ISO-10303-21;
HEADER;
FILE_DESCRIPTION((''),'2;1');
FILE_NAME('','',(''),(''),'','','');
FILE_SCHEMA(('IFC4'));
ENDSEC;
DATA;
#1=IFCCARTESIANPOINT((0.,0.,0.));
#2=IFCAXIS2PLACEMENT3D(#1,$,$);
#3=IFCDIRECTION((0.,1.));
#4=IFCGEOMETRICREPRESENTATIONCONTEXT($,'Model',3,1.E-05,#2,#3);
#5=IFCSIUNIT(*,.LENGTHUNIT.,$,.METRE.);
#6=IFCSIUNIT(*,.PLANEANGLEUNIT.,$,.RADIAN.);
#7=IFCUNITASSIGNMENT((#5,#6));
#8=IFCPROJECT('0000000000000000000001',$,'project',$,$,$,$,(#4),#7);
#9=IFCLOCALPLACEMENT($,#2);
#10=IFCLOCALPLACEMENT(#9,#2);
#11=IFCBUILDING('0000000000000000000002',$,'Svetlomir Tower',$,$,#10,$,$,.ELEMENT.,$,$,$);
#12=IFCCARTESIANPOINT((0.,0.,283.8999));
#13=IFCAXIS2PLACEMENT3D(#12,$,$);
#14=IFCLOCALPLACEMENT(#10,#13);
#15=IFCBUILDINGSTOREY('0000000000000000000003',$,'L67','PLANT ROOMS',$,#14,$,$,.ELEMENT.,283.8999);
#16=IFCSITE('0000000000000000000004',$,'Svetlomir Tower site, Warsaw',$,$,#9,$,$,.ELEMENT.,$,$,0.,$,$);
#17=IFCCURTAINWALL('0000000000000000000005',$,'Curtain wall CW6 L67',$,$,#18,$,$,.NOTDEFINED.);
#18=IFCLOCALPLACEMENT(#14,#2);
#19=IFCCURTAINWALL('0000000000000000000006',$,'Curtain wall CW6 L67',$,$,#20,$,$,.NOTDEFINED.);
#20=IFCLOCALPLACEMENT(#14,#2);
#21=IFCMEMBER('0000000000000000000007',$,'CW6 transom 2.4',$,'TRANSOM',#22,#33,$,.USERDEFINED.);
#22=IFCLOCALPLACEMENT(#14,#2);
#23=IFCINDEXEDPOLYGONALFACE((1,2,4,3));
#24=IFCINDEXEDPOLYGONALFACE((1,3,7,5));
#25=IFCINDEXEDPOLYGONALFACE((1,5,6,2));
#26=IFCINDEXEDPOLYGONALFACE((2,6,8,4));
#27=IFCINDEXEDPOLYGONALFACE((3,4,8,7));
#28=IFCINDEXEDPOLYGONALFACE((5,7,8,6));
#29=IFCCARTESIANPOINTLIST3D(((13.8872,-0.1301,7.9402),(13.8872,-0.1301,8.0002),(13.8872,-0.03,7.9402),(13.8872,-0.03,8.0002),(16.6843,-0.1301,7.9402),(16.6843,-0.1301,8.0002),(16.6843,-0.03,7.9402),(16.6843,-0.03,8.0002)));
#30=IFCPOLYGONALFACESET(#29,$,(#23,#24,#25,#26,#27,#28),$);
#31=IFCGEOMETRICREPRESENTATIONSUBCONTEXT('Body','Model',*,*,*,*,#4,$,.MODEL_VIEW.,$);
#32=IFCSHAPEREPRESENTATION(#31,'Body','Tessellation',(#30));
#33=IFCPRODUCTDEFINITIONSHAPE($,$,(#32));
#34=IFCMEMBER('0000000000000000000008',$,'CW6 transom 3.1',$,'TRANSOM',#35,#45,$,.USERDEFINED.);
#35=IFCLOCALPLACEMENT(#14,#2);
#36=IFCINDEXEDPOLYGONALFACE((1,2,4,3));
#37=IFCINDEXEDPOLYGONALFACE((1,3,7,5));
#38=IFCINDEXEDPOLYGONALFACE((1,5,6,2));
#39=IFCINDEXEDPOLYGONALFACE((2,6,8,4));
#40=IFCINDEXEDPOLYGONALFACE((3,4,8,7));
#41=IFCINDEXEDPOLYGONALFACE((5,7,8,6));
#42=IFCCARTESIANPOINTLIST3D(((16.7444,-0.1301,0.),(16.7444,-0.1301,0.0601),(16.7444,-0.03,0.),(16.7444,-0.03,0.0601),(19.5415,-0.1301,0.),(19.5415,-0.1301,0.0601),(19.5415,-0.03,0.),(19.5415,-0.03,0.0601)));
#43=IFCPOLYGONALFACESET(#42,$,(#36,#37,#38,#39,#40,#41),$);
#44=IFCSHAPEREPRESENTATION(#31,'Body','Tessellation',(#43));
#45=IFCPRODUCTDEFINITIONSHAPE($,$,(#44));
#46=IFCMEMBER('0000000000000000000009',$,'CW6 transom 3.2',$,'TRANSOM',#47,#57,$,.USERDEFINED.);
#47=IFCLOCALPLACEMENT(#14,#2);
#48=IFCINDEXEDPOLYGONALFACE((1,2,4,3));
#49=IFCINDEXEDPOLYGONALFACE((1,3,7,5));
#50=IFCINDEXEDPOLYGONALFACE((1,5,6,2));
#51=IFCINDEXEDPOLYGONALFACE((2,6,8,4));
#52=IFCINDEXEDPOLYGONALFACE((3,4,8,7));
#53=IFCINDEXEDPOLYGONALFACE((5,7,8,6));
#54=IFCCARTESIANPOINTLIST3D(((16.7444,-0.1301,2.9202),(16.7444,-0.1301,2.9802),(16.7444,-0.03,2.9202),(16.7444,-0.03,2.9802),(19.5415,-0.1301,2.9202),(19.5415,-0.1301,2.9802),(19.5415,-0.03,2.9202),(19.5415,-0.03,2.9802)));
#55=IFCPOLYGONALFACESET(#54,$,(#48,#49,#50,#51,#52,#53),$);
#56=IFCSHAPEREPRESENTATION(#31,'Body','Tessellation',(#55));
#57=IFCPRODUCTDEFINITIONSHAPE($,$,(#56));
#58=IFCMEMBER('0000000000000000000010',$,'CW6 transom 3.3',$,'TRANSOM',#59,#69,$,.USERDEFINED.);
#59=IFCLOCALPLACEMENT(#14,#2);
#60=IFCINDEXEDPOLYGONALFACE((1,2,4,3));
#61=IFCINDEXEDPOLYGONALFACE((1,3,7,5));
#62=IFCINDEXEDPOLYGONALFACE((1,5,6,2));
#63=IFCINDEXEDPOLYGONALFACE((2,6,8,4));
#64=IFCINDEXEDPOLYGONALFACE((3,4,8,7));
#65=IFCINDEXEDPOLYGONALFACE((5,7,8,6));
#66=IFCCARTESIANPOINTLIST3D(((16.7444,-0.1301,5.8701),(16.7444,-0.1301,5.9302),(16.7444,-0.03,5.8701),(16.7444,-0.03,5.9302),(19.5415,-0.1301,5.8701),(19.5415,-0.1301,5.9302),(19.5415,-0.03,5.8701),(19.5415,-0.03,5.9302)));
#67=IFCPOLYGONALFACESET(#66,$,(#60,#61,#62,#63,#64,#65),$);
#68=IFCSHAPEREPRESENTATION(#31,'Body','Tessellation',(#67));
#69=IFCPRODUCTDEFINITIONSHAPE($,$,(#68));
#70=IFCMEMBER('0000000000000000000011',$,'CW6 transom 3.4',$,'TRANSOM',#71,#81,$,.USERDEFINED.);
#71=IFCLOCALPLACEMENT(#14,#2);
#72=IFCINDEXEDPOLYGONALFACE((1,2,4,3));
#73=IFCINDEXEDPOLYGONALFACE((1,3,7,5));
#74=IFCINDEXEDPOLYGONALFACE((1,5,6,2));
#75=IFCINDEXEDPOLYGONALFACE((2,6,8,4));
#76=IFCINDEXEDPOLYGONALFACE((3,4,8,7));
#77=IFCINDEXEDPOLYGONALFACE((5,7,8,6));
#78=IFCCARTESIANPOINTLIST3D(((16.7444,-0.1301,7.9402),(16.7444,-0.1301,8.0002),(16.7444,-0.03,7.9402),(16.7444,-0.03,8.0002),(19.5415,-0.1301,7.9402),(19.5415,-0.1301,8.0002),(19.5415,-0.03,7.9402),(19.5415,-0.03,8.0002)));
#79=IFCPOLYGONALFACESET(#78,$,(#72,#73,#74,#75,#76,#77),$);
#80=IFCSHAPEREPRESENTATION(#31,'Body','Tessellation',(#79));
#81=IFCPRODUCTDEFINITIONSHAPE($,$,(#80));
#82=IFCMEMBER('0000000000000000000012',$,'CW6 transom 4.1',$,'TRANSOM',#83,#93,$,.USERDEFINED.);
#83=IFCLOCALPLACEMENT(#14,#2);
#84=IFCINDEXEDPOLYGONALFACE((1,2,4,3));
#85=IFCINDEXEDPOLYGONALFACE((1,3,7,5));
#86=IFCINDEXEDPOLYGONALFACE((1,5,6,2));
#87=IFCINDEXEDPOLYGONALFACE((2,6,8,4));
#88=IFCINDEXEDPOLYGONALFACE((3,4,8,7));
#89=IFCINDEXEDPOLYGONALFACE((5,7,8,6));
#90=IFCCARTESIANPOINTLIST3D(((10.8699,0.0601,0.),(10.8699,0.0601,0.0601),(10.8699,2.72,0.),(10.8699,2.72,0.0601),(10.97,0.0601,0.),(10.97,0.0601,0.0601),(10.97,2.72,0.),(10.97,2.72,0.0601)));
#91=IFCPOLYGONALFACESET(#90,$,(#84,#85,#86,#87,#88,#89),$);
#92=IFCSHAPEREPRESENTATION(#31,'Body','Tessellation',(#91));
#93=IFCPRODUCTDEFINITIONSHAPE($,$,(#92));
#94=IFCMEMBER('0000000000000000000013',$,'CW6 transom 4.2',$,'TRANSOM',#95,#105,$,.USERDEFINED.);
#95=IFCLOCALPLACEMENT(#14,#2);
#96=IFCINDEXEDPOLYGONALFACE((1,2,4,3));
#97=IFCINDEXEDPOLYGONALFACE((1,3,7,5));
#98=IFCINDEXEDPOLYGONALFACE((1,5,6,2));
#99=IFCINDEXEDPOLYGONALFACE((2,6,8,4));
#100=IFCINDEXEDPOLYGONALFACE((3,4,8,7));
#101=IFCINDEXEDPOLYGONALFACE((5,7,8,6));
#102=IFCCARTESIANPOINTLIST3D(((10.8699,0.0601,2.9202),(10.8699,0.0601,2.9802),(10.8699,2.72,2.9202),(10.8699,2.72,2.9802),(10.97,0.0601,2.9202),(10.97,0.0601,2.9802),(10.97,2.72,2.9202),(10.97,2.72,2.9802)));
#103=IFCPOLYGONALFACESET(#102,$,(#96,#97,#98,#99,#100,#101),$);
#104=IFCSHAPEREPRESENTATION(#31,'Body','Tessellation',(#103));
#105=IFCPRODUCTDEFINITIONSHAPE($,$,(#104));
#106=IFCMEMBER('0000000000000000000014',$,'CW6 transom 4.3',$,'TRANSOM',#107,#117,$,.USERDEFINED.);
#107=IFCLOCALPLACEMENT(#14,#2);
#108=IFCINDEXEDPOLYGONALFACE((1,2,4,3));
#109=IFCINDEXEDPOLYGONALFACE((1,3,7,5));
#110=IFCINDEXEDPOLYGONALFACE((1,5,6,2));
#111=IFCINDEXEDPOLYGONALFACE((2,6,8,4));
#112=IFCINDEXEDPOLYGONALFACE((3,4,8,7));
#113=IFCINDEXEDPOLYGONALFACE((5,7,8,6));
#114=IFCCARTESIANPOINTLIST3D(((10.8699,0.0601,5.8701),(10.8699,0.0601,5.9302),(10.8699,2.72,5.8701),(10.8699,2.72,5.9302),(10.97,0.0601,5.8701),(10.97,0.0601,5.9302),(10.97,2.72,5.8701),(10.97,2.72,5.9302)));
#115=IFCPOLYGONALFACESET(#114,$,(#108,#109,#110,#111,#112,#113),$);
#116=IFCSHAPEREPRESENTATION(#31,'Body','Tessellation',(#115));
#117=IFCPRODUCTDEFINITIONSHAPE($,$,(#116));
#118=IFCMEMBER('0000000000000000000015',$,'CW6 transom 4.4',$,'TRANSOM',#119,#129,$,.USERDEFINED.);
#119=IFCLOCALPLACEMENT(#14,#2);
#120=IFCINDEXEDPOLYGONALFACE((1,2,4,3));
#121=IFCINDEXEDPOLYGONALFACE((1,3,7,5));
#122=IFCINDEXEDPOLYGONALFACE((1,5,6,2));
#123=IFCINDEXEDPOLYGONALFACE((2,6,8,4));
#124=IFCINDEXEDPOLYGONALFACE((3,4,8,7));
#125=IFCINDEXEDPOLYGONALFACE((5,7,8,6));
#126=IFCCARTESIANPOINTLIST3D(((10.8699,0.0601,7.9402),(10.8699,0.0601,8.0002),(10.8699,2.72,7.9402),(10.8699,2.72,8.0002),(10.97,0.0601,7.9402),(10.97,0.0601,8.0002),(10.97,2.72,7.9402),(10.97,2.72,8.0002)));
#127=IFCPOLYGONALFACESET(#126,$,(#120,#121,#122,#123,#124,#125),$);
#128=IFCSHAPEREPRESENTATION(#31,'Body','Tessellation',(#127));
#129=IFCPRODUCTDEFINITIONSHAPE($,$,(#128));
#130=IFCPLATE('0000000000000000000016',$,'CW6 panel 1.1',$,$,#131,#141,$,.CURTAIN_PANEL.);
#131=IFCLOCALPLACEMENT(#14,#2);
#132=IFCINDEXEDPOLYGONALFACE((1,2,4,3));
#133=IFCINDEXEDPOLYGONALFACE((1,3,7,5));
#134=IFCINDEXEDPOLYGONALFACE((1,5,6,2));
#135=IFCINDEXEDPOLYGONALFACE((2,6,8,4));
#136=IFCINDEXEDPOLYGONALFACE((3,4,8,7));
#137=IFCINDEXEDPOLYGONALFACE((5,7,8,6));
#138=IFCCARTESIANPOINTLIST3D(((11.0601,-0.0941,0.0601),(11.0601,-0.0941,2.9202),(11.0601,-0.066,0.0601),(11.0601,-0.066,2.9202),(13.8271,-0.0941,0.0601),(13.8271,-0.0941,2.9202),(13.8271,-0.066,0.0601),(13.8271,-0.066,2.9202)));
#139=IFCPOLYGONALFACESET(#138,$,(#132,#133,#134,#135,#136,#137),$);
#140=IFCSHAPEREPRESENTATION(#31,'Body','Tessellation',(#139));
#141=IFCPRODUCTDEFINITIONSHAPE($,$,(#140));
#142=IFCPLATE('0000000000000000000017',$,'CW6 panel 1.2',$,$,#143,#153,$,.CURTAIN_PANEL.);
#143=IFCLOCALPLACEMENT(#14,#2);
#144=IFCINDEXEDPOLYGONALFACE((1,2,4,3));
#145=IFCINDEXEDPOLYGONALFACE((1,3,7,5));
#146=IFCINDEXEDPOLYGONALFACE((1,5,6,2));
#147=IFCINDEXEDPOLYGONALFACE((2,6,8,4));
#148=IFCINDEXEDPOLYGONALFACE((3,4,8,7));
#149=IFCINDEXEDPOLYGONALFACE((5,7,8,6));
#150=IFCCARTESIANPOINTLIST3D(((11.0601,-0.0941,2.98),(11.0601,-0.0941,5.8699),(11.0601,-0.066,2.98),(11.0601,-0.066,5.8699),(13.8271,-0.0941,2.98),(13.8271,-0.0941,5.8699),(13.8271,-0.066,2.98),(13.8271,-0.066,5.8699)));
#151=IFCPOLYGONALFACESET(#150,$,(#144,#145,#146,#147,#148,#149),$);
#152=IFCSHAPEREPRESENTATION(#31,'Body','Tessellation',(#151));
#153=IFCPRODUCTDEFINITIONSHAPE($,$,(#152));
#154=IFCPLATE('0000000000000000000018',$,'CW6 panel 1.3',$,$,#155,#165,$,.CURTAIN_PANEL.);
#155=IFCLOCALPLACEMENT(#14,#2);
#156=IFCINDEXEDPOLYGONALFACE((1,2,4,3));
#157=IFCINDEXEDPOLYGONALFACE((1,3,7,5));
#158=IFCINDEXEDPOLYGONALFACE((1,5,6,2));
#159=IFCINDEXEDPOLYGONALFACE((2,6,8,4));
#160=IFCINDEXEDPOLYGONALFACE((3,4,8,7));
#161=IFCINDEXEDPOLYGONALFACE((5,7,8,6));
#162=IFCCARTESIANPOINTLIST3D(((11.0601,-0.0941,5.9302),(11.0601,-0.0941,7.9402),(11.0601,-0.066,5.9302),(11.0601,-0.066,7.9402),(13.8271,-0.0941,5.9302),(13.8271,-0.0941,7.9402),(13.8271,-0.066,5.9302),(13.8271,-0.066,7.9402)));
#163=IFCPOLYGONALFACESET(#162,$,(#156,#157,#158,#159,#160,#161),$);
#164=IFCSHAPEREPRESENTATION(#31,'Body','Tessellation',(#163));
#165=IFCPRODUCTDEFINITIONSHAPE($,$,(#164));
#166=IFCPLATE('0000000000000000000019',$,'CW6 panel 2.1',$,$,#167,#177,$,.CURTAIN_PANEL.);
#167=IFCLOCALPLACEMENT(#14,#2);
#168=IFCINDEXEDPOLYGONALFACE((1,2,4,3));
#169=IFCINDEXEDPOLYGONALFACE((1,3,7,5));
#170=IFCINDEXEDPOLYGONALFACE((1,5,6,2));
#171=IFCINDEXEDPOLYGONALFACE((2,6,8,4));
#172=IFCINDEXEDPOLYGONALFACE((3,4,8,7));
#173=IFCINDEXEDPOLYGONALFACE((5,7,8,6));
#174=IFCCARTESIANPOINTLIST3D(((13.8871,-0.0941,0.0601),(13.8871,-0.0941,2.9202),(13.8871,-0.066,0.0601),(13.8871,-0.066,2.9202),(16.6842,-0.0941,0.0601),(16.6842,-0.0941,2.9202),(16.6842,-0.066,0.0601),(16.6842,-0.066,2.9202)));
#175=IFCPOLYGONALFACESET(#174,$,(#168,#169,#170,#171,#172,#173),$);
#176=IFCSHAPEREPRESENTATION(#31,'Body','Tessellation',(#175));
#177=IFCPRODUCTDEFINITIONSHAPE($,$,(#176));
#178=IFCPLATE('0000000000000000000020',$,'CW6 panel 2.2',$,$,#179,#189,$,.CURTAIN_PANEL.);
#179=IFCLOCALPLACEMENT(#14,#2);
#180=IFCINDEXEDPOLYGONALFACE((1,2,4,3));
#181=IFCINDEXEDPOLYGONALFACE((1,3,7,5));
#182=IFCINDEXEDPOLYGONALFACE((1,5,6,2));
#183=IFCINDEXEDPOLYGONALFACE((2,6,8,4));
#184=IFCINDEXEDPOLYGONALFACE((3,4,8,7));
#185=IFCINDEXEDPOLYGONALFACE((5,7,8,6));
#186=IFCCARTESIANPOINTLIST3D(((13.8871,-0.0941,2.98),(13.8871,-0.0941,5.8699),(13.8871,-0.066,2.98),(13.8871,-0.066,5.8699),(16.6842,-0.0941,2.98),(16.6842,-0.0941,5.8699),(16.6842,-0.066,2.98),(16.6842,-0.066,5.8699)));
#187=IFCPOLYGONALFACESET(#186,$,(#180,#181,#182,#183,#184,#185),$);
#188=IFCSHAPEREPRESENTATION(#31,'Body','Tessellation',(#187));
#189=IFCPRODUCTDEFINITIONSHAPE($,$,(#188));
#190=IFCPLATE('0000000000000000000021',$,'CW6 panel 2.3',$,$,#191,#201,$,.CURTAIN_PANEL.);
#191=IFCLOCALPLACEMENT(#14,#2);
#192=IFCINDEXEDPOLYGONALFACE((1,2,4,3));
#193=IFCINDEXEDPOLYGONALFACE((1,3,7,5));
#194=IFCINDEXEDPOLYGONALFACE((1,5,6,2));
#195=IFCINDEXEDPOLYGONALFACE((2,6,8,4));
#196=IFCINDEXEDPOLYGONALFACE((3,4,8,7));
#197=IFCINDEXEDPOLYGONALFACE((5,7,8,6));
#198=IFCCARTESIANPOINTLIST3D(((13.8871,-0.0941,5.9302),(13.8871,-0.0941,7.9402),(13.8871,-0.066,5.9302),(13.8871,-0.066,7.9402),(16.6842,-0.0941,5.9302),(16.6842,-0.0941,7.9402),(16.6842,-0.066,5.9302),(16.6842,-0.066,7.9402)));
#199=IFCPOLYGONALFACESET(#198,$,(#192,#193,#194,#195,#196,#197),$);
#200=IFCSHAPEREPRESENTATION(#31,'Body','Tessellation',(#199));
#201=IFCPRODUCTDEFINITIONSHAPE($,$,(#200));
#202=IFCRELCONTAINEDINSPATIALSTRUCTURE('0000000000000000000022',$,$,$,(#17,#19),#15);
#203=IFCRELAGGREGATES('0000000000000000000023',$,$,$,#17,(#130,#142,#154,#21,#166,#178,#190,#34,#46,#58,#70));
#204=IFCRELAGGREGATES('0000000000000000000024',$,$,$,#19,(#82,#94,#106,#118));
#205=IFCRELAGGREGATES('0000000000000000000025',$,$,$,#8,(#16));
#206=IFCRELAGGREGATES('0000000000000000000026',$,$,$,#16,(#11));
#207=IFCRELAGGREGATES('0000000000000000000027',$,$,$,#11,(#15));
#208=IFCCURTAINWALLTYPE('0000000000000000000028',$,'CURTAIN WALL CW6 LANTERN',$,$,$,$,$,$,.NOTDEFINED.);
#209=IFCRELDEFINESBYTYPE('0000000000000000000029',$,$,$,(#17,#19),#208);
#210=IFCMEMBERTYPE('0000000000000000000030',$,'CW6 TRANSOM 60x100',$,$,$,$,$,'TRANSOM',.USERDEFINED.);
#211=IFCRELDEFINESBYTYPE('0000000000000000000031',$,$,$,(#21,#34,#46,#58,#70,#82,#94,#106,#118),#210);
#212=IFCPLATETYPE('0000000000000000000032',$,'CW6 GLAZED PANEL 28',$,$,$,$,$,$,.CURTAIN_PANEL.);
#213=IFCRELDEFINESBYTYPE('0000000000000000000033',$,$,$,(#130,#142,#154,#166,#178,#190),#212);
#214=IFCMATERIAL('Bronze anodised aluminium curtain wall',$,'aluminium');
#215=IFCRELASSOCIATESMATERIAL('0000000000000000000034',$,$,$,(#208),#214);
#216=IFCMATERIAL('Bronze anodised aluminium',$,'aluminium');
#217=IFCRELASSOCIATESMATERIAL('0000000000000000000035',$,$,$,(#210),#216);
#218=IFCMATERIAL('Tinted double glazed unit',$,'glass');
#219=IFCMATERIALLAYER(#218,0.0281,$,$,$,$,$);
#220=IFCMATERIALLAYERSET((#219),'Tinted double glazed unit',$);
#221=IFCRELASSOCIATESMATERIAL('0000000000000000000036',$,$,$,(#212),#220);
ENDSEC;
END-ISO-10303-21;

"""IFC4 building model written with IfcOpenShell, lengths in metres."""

from ifc_helpers import new_model, si_unit, direction, frame, origin, origin_2d, place, context, subcontext, project, spatial, rectangle, extrude, material, layer, layer_set, material_profile, profile_set, type_object, element, aggregate, save


model = new_model("IFC4")

# Units and contexts
model_context = context("Model", 3, precision=1e-05, world=origin(), true_north=direction((0.0, 1.0)))
body_context = subcontext(model_context, "Body", "Model", "MODEL_VIEW")
ifc_project = project(units=[si_unit("LENGTHUNIT", "METRE"), si_unit("PLANEANGLEUNIT", "RADIAN")], contexts=[model_context])

# Site, building, storey
site_placement = place(None, origin())
site = spatial("IfcSite", under=ifc_project, at=site_placement, Name="Svetlomir Tower site, Warsaw", CompositionType="ELEMENT", RefElevation=0.0)
building_placement = place(site_placement, origin())
building = spatial("IfcBuilding", under=site, at=building_placement, Name="Svetlomir Tower", CompositionType="ELEMENT")
storey_placement = place(building_placement, frame((0.0, 0.0, 283.8999)))
storey = spatial("IfcBuildingStorey", under=building, at=storey_placement, Name="L67", Description="PLANT ROOMS", CompositionType="ELEMENT", Elevation=283.8999)

# Curtain walls
ifc_material_1 = material(Name="Bronze anodised aluminium curtain wall", Category="aluminium")
curtain_wall_type = type_object("IfcCurtainWallType", Name="CURTAIN WALL CW6 LANTERN", PredefinedType="NOTDEFINED", material=ifc_material_1)
curtain_wall_1_placement = place(storey_placement, origin())
curtain_wall_1 = element("IfcCurtainWall", 1, at=curtain_wall_1_placement, inside=storey, type_object=curtain_wall_type, Name="Curtain wall CW6 L67", PredefinedType="NOTDEFINED")
curtain_wall_2_placement = place(storey_placement, origin())
curtain_wall_2 = element("IfcCurtainWall", 2, at=curtain_wall_2_placement, inside=storey, type_object=curtain_wall_type, Name="Curtain wall CW6 L67", PredefinedType="NOTDEFINED")

# Members
ifc_material_2 = material(Name="Bronze anodised aluminium", Category="aluminium")
ifc_material_profile_1 = material_profile(ifc_material_2, rectangle(XDim=0.1001, YDim=0.0601, at=origin_2d()), Name="AL 100x60")
ifc_profile_set_1 = profile_set([ifc_material_profile_1], Name="Bronze anodised aluminium 6063-T6")
member_type_1 = type_object("IfcMemberType", Name="CW6 TRANSOM 60x100", ElementType="TRANSOM", PredefinedType="USERDEFINED", material=ifc_profile_set_1)
member_1_placement = place(storey_placement, frame((13.8872, -0.0801, 7.9702), z_axis=(1.0, 0.0, 0.0), x_axis=(0.0, 1.0, 0.0)))
member_1 = element("IfcMember", 3, at=member_1_placement, type_object=member_type_1, Name="CW6 transom 2.4", ObjectType="TRANSOM", PredefinedType="USERDEFINED", context=body_context, shape_type="SweptSolid", body=[
    extrude(rectangle(XDim=0.1001, YDim=0.0601, at=origin_2d()), origin(), (0.0, 0.0, 1.0), 2.7971),
])
member_2_placement = place(storey_placement, frame((16.7444, -0.0801, 0.03), z_axis=(1.0, 0.0, 0.0), x_axis=(0.0, 1.0, 0.0)))
member_2 = element("IfcMember", 4, at=member_2_placement, type_object=member_type_1, Name="CW6 transom 3.1", ObjectType="TRANSOM", PredefinedType="USERDEFINED", context=body_context, shape_type="SweptSolid", body=[
    extrude(rectangle(XDim=0.1001, YDim=0.0601, at=origin_2d()), origin(), (0.0, 0.0, 1.0), 2.7971),
])
member_3_placement = place(storey_placement, frame((16.7444, -0.0801, 2.9502), z_axis=(1.0, 0.0, 0.0), x_axis=(0.0, 1.0, 0.0)))
member_3 = element("IfcMember", 5, at=member_3_placement, type_object=member_type_1, Name="CW6 transom 3.2", ObjectType="TRANSOM", PredefinedType="USERDEFINED", context=body_context, shape_type="SweptSolid", body=[
    extrude(rectangle(XDim=0.1001, YDim=0.0601, at=origin_2d()), origin(), (0.0, 0.0, 1.0), 2.7971),
])
member_4_placement = place(storey_placement, frame((16.7444, -0.0801, 5.9001), z_axis=(1.0, 0.0, 0.0), x_axis=(0.0, 1.0, 0.0)))
member_4 = element("IfcMember", 6, at=member_4_placement, type_object=member_type_1, Name="CW6 transom 3.3", ObjectType="TRANSOM", PredefinedType="USERDEFINED", context=body_context, shape_type="SweptSolid", body=[
    extrude(rectangle(XDim=0.1001, YDim=0.0601, at=origin_2d()), origin(), (0.0, 0.0, 1.0), 2.7971),
])
member_5_placement = place(storey_placement, frame((16.7444, -0.0801, 7.9702), z_axis=(1.0, 0.0, 0.0), x_axis=(0.0, 1.0, 0.0)))
member_5 = element("IfcMember", 7, at=member_5_placement, type_object=member_type_1, Name="CW6 transom 3.4", ObjectType="TRANSOM", PredefinedType="USERDEFINED", context=body_context, shape_type="SweptSolid", body=[
    extrude(rectangle(XDim=0.1001, YDim=0.0601, at=origin_2d()), origin(), (0.0, 0.0, 1.0), 2.7971),
])
member_6_placement = place(storey_placement, frame((10.9199, 2.72, 0.03), z_axis=(0.0, -1.0, 0.0), x_axis=(1.0, 0.0, 0.0)))
member_6 = element("IfcMember", 8, at=member_6_placement, type_object=member_type_1, Name="CW6 transom 4.1", ObjectType="TRANSOM", PredefinedType="USERDEFINED", context=body_context, shape_type="SweptSolid", body=[
    extrude(rectangle(XDim=0.1001, YDim=0.0601, at=origin_2d()), origin(), (0.0, 0.0, 1.0), 2.6599),
])
member_7_placement = place(storey_placement, frame((10.9199, 2.72, 2.9502), z_axis=(0.0, -1.0, 0.0), x_axis=(1.0, 0.0, 0.0)))
member_7 = element("IfcMember", 9, at=member_7_placement, type_object=member_type_1, Name="CW6 transom 4.2", ObjectType="TRANSOM", PredefinedType="USERDEFINED", context=body_context, shape_type="SweptSolid", body=[
    extrude(rectangle(XDim=0.1001, YDim=0.0601, at=origin_2d()), origin(), (0.0, 0.0, 1.0), 2.6599),
])
member_8_placement = place(storey_placement, frame((10.9199, 2.72, 5.9001), z_axis=(0.0, -1.0, 0.0), x_axis=(1.0, 0.0, 0.0)))
member_8 = element("IfcMember", 10, at=member_8_placement, type_object=member_type_1, Name="CW6 transom 4.3", ObjectType="TRANSOM", PredefinedType="USERDEFINED", context=body_context, shape_type="SweptSolid", body=[
    extrude(rectangle(XDim=0.1001, YDim=0.0601, at=origin_2d()), origin(), (0.0, 0.0, 1.0), 2.6599),
])
member_9_placement = place(storey_placement, frame((10.9199, 2.72, 7.9702), z_axis=(0.0, -1.0, 0.0), x_axis=(1.0, 0.0, 0.0)))
member_9 = element("IfcMember", 11, at=member_9_placement, type_object=member_type_1, Name="CW6 transom 4.4", ObjectType="TRANSOM", PredefinedType="USERDEFINED", context=body_context, shape_type="SweptSolid", body=[
    extrude(rectangle(XDim=0.1001, YDim=0.0601, at=origin_2d()), origin(), (0.0, 0.0, 1.0), 2.6599),
])

# Plates
ifc_material_3 = material(Name="Tinted double glazed unit", Category="glass")
ifc_layer = layer(ifc_material_3, 0.0281)
ifc_layer_set = layer_set([ifc_layer], Name="Tinted double glazed unit")
plate_type = type_object("IfcPlateType", Name="CW6 GLAZED PANEL 28", PredefinedType="CURTAIN_PANEL", material=ifc_layer_set)
plate_1_placement = place(storey_placement, frame((12.4436, -0.0801, 0.0601), z_axis=(0.0, 0.0, 1.0), x_axis=(1.0, 0.0, 0.0)))
plate_1 = element("IfcPlate", 12, at=plate_1_placement, type_object=plate_type, Name="CW6 panel 1.1", PredefinedType="CURTAIN_PANEL", context=body_context, shape_type="SweptSolid", body=[
    extrude(rectangle(XDim=2.7671, YDim=0.0281, at=origin_2d()), origin(), (0.0, 0.0, 1.0), 2.8601),
])
plate_2_placement = place(storey_placement, frame((12.4436, -0.0801, 2.98), z_axis=(0.0, 0.0, 1.0), x_axis=(1.0, 0.0, 0.0)))
plate_2 = element("IfcPlate", 13, at=plate_2_placement, type_object=plate_type, Name="CW6 panel 1.2", PredefinedType="CURTAIN_PANEL", context=body_context, shape_type="SweptSolid", body=[
    extrude(rectangle(XDim=2.7671, YDim=0.0281, at=origin_2d()), origin(), (0.0, 0.0, 1.0), 2.8899),
])
plate_3_placement = place(storey_placement, frame((12.4436, -0.0801, 5.9302), z_axis=(0.0, 0.0, 1.0), x_axis=(1.0, 0.0, 0.0)))
plate_3 = element("IfcPlate", 14, at=plate_3_placement, type_object=plate_type, Name="CW6 panel 1.3", PredefinedType="CURTAIN_PANEL", context=body_context, shape_type="SweptSolid", body=[
    extrude(rectangle(XDim=2.7671, YDim=0.0281, at=origin_2d()), origin(), (0.0, 0.0, 1.0), 2.01),
])
plate_4_placement = place(storey_placement, frame((15.2856, -0.0801, 0.0601), z_axis=(0.0, 0.0, 1.0), x_axis=(1.0, 0.0, 0.0)))
plate_4 = element("IfcPlate", 15, at=plate_4_placement, type_object=plate_type, Name="CW6 panel 2.1", PredefinedType="CURTAIN_PANEL", context=body_context, shape_type="SweptSolid", body=[
    extrude(rectangle(XDim=2.7971, YDim=0.0281, at=origin_2d()), origin(), (0.0, 0.0, 1.0), 2.8601),
])
plate_5_placement = place(storey_placement, frame((15.2856, -0.0801, 2.98), z_axis=(0.0, 0.0, 1.0), x_axis=(1.0, 0.0, 0.0)))
plate_5 = element("IfcPlate", 16, at=plate_5_placement, type_object=plate_type, Name="CW6 panel 2.2", PredefinedType="CURTAIN_PANEL", context=body_context, shape_type="SweptSolid", body=[
    extrude(rectangle(XDim=2.7971, YDim=0.0281, at=origin_2d()), origin(), (0.0, 0.0, 1.0), 2.8899),
])
plate_6_placement = place(storey_placement, frame((15.2856, -0.0801, 5.9302), z_axis=(0.0, 0.0, 1.0), x_axis=(1.0, 0.0, 0.0)))
plate_6 = element("IfcPlate", 17, at=plate_6_placement, type_object=plate_type, Name="CW6 panel 2.3", PredefinedType="CURTAIN_PANEL", context=body_context, shape_type="SweptSolid", body=[
    extrude(rectangle(XDim=2.7971, YDim=0.0281, at=origin_2d()), origin(), (0.0, 0.0, 1.0), 2.01),
])
aggregate(curtain_wall_1, [plate_1, plate_2, plate_3, member_1, plate_4, plate_5, plate_6, member_2, member_3, member_4, member_5])
aggregate(curtain_wall_2, [member_6, member_7, member_8, member_9])

save(model, "model.ifc")
